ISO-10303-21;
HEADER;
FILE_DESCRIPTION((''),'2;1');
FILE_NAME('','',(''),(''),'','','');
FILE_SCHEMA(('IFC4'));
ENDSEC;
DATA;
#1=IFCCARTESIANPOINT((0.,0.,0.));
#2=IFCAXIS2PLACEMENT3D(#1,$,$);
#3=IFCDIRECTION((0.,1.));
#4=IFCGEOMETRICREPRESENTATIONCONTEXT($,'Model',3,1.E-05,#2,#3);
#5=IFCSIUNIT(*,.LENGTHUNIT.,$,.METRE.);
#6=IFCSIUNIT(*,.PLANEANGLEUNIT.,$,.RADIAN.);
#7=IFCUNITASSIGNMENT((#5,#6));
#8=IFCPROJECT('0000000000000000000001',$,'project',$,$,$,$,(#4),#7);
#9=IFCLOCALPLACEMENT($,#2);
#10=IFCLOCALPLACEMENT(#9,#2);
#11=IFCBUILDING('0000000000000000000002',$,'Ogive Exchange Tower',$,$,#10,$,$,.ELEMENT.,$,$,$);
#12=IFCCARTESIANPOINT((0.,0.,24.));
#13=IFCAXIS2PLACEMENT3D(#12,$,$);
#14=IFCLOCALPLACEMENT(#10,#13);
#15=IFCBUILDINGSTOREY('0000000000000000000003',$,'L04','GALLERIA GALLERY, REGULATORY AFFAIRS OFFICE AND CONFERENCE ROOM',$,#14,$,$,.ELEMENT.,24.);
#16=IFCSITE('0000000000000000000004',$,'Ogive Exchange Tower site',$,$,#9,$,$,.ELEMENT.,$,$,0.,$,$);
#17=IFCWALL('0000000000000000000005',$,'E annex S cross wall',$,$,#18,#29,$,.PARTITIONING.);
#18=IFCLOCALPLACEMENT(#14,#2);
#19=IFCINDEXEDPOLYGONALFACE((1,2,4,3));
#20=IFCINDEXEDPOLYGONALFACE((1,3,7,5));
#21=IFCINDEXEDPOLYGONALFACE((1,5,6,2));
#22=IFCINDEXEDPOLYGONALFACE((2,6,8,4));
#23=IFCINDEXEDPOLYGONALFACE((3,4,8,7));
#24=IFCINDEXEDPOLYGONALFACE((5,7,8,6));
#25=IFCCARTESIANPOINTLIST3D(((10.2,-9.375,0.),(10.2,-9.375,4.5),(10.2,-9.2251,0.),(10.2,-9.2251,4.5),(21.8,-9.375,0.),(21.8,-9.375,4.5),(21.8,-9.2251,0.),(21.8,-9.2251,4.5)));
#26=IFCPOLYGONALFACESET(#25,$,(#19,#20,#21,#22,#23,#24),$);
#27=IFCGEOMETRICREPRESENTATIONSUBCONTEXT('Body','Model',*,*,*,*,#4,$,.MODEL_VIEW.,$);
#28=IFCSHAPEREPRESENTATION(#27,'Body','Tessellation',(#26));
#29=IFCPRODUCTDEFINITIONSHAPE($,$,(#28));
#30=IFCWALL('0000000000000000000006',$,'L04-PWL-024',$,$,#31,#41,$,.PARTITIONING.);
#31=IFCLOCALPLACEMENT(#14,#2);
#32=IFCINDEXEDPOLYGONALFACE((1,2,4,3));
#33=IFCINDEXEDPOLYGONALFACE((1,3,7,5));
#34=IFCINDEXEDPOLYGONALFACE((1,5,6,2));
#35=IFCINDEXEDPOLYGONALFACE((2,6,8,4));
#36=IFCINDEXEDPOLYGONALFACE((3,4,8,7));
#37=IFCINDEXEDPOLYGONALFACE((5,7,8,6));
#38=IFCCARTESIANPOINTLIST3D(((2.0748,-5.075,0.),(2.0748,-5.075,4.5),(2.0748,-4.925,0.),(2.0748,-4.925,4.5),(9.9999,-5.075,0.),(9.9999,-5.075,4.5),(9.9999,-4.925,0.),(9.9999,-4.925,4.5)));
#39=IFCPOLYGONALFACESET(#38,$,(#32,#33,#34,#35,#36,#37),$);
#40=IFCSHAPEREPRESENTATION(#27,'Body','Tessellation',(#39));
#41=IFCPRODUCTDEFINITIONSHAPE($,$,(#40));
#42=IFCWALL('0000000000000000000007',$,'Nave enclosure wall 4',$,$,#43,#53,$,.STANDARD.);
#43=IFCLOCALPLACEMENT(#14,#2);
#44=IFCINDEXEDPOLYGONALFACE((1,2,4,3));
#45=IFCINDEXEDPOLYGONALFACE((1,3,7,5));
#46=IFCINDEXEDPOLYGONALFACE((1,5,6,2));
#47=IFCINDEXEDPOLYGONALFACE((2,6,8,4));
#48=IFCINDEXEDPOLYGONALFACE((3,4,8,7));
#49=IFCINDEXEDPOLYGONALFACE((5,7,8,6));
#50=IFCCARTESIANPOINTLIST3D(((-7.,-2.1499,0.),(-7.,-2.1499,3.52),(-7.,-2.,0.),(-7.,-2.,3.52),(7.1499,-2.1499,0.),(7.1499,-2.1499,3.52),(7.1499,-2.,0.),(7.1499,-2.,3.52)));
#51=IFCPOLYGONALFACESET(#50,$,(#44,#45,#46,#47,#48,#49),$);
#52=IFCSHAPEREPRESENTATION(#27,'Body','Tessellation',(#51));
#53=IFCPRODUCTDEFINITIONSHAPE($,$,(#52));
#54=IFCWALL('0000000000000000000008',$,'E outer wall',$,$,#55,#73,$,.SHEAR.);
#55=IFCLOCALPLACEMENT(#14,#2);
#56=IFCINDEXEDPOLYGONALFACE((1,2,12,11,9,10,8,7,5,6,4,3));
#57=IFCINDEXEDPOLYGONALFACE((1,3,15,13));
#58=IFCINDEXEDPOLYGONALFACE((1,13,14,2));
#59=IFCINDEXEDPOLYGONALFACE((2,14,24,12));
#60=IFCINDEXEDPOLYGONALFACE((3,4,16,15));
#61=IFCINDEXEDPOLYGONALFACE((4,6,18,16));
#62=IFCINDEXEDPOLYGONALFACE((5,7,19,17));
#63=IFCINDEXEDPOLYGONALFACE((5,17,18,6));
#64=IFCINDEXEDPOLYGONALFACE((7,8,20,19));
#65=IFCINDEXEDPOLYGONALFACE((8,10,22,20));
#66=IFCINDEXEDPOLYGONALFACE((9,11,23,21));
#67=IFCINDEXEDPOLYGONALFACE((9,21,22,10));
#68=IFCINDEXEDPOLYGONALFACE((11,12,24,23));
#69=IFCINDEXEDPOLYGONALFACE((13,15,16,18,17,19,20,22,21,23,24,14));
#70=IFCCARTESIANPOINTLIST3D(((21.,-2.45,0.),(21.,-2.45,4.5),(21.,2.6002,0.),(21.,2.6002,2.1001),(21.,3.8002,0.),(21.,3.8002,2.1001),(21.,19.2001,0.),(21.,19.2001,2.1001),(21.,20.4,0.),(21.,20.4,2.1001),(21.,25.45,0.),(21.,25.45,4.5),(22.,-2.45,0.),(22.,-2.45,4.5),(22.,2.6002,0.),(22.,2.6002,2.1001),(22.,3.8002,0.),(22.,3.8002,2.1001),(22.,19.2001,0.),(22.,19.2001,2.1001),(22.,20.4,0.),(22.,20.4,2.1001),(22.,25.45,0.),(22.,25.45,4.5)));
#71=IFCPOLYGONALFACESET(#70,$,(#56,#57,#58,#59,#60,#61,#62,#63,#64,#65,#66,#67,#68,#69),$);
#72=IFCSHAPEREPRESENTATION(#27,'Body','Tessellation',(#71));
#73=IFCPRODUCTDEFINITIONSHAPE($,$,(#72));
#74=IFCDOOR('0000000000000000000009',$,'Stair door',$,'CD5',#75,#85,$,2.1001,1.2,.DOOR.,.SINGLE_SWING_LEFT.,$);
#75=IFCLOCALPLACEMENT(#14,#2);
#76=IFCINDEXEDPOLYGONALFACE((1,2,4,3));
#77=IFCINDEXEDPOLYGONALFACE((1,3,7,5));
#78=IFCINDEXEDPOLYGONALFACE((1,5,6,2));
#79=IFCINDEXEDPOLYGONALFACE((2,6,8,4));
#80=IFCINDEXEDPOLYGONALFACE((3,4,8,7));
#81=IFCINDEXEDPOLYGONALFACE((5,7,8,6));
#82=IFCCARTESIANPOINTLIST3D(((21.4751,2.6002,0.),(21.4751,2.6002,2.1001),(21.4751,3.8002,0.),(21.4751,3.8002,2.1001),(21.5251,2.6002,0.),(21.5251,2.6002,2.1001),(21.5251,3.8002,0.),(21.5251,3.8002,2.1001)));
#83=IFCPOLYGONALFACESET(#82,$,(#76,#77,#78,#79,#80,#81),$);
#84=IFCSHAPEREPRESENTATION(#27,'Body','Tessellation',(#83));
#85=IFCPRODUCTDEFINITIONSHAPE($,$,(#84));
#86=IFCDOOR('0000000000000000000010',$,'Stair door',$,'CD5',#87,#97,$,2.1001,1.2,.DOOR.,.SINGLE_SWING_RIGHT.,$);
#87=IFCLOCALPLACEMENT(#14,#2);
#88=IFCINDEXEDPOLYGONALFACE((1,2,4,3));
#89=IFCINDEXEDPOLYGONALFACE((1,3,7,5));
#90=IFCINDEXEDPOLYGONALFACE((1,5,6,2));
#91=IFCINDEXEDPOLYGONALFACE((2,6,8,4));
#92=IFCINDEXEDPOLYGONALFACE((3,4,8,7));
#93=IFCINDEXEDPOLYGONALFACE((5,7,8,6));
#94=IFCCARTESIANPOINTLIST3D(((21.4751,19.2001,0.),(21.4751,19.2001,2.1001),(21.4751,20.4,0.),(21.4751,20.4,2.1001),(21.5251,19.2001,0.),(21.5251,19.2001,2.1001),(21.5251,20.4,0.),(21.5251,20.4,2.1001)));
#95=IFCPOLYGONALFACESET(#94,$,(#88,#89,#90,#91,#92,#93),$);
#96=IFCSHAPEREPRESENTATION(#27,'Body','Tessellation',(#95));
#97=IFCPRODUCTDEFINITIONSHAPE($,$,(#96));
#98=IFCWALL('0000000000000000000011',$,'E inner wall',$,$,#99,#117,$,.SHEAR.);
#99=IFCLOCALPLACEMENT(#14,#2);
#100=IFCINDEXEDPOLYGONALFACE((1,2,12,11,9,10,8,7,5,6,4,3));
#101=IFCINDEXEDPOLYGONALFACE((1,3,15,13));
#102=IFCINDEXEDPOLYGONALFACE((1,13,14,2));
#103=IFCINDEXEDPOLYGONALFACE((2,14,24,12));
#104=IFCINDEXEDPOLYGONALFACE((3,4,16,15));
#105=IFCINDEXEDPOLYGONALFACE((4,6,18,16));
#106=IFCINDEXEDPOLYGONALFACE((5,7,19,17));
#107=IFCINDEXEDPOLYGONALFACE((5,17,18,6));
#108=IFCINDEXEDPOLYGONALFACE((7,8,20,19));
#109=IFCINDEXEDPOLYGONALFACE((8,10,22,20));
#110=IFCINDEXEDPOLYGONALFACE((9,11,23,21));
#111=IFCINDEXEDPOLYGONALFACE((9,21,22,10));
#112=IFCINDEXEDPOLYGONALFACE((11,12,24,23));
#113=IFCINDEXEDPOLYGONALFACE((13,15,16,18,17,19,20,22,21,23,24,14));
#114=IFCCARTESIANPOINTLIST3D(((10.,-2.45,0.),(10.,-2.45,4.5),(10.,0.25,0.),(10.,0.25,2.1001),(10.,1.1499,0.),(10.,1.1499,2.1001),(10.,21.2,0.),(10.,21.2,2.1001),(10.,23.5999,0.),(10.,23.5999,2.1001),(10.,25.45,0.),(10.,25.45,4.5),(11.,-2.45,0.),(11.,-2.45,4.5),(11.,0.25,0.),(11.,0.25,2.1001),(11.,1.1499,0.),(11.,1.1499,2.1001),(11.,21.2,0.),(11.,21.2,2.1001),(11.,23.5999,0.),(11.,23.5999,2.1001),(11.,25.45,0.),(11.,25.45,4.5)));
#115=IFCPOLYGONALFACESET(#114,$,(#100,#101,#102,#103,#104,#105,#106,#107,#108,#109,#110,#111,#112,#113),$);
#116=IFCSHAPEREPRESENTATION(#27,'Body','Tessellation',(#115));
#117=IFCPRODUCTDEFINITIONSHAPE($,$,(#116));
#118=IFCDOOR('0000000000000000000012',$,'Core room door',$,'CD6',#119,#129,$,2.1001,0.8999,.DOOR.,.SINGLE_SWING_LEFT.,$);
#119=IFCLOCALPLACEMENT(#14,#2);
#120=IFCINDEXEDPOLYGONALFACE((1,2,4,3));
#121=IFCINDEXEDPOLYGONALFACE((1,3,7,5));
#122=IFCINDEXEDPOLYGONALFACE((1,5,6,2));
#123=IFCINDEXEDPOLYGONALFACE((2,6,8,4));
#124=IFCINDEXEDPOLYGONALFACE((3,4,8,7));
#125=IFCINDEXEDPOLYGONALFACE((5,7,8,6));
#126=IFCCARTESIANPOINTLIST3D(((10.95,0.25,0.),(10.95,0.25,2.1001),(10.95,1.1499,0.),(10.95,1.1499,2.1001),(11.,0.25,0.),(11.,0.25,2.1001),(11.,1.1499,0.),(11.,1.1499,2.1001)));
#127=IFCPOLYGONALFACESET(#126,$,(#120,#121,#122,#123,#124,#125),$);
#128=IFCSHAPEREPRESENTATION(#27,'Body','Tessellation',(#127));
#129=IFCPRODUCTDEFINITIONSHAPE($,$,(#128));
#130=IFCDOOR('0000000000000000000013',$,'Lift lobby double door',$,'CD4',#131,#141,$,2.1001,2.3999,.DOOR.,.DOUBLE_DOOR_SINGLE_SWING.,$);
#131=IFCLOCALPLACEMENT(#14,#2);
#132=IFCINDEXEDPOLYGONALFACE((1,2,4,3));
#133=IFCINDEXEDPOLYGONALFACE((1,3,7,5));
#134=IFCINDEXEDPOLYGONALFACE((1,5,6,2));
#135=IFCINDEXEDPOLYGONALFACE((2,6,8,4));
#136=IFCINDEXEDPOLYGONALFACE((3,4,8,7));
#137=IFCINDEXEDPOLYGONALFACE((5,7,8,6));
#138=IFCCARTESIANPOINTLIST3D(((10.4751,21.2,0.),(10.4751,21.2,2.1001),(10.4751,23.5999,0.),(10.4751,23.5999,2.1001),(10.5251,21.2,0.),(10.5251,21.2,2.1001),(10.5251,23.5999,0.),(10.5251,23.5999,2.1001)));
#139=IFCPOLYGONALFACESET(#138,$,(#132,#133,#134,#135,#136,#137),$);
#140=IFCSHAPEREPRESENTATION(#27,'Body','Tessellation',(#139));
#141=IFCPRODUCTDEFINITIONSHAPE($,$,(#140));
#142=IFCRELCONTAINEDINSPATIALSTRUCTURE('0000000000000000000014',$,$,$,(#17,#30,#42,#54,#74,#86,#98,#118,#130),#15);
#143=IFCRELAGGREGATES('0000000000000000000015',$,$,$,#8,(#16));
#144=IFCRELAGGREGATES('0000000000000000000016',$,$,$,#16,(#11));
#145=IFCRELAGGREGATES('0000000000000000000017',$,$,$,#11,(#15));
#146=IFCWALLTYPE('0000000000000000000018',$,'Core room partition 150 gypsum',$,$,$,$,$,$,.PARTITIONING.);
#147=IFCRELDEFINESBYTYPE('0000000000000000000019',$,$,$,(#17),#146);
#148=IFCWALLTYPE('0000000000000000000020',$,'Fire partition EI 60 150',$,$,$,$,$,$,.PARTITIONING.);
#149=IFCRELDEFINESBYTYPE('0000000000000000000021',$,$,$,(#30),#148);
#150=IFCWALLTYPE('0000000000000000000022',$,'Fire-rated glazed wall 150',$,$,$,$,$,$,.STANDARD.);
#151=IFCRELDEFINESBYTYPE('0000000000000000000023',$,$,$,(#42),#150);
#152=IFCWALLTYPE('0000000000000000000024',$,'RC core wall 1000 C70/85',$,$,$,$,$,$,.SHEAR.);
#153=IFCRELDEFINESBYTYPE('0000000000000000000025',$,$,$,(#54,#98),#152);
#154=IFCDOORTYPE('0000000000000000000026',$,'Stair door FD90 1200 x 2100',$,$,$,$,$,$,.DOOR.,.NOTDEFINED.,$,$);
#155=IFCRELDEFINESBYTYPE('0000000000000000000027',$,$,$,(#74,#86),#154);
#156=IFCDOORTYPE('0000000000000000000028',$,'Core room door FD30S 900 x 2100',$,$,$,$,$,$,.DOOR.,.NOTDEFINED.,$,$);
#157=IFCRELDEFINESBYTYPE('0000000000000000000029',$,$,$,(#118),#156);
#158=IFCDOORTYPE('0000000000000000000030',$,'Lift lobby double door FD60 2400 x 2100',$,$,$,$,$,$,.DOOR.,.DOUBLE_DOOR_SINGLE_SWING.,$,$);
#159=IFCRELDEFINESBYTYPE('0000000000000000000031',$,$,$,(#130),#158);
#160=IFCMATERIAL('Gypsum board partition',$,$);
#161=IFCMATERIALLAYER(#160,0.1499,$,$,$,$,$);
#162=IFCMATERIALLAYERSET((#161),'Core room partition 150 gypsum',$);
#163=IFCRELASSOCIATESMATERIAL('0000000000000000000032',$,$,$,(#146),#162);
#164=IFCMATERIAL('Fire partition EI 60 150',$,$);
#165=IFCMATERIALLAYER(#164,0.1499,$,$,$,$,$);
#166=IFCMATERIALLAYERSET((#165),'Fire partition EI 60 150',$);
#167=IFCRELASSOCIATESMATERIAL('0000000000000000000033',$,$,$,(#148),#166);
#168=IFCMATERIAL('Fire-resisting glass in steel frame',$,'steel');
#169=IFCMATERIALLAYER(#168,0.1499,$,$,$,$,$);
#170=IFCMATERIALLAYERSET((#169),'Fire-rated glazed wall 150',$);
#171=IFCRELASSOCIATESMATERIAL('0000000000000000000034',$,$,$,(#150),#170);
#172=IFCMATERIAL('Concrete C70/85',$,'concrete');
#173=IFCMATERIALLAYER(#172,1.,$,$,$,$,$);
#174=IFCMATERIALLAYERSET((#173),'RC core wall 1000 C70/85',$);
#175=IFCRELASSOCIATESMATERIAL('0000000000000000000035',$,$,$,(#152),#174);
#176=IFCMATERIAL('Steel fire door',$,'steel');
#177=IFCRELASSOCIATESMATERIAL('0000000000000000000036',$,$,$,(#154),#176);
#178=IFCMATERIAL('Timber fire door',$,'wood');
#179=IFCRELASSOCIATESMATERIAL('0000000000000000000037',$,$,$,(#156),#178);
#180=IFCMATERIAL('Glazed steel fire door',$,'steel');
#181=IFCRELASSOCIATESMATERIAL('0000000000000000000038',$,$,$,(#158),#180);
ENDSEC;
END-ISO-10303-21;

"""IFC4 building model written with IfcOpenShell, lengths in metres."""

from ifc_helpers import new_model, si_unit, direction, frame, frame_2d, origin, place, context, subcontext, project, spatial, rectangle, extrude, material, layer, layer_set, type_object, element, fill, save


model = new_model("IFC4")

# Units and contexts
model_context = context("Model", 3, precision=1e-05, world=origin(), true_north=direction((0.0, 1.0)))
body_context = subcontext(model_context, "Body", "Model", "MODEL_VIEW")
ifc_project = project(units=[si_unit("LENGTHUNIT", "METRE"), si_unit("PLANEANGLEUNIT", "RADIAN")], contexts=[model_context])

# Site, building, storey
site_placement = place(None, origin())
site = spatial("IfcSite", under=ifc_project, at=site_placement, Name="Ogive Exchange Tower site", CompositionType="ELEMENT", RefElevation=0.0)
building_placement = place(site_placement, origin())
building = spatial("IfcBuilding", under=site, at=building_placement, Name="Ogive Exchange Tower", CompositionType="ELEMENT")
storey_placement = place(building_placement, frame((0.0, 0.0, 24.0)))
storey = spatial("IfcBuildingStorey", under=building, at=storey_placement, Name="L04", Description="GALLERIA GALLERY, REGULATORY AFFAIRS OFFICE AND CONFERENCE ROOM", CompositionType="ELEMENT", Elevation=24.0)

# Shared definitions
ifc_material_1 = material(Name="Concrete C70/85", Category="concrete")

# Walls
ifc_material_2 = material(Name="Gypsum board partition")
ifc_layer_1 = layer(ifc_material_2, 0.1499)
ifc_layer_set_1 = layer_set([ifc_layer_1], Name="Core room partition 150 gypsum")
wall_type_1 = type_object("IfcWallType", Name="Core room partition 150 gypsum", PredefinedType="PARTITIONING", material=ifc_layer_set_1)
wall_1_placement = place(storey_placement, frame((10.2, -9.3, 0.0), z_axis=(0.0, 0.0, 1.0), x_axis=(1.0, 0.0, 0.0)))
element("IfcWall", 1, at=wall_1_placement, inside=storey, type_object=wall_type_1, Name="E annex S cross wall", PredefinedType="PARTITIONING", context=body_context, shape_type="SweptSolid", body=[
    extrude(rectangle(XDim=11.6001, YDim=0.1499, at=frame_2d((5.8, 0.0))), origin(), (0.0, 0.0, 1.0), 4.5),
])
ifc_material_3 = material(Name="Fire partition EI 60 150")
ifc_layer_2 = layer(ifc_material_3, 0.1499)
ifc_layer_set_2 = layer_set([ifc_layer_2], Name="Fire partition EI 60 150")
wall_type_2 = type_object("IfcWallType", Name="Fire partition EI 60 150", PredefinedType="PARTITIONING", material=ifc_layer_set_2)
wall_2_placement = place(storey_placement, frame((2.075, -5.0, 0.0), z_axis=(0.0, 0.0, 1.0), x_axis=(1.0, 0.0, 0.0)))
element("IfcWall", 2, at=wall_2_placement, inside=storey, type_object=wall_type_2, Name="L04-PWL-024", PredefinedType="PARTITIONING", context=body_context, shape_type="SweptSolid", body=[
    extrude(rectangle(XDim=7.925, YDim=0.1499, at=frame_2d((3.9624, 0.0))), origin(), (0.0, 0.0, 1.0), 4.5),
])
ifc_material_4 = material(Name="Fire-resisting glass in steel frame", Category="steel")
ifc_layer_3 = layer(ifc_material_4, 0.1499)
ifc_layer_set_3 = layer_set([ifc_layer_3], Name="Fire-rated glazed wall 150")
wall_type_3 = type_object("IfcWallType", Name="Fire-rated glazed wall 150", PredefinedType="STANDARD", material=ifc_layer_set_3)
wall_3_placement = place(storey_placement, frame((7.1499, -2.075, 0.0), z_axis=(0.0, 0.0, 1.0), x_axis=(-1.0, 0.0, 0.0)))
element("IfcWall", 3, at=wall_3_placement, inside=storey, type_object=wall_type_3, Name="Nave enclosure wall 4", PredefinedType="STANDARD", context=body_context, shape_type="SweptSolid", body=[
    extrude(rectangle(XDim=14.1499, YDim=0.1499, at=frame_2d((7.075, 0.0))), origin(), (0.0, 0.0, 1.0), 3.52),
])

# Walls, openings, doors
ifc_layer_4 = layer(ifc_material_1, 1.0)
ifc_layer_set_4 = layer_set([ifc_layer_4], Name="RC core wall 1000 C70/85")
wall_type_4 = type_object("IfcWallType", Name="RC core wall 1000 C70/85", PredefinedType="SHEAR", material=ifc_layer_set_4)
wall_4_placement = place(storey_placement, frame((21.5, -2.45, 0.0), z_axis=(0.0, 0.0, 1.0), x_axis=(0.0, 1.0, 0.0)))
wall_4 = element("IfcWall", 4, at=wall_4_placement, inside=storey, type_object=wall_type_4, Name="E outer wall", PredefinedType="SHEAR", context=body_context, shape_type="SweptSolid", body=[
    extrude(rectangle(XDim=27.8999, YDim=1.0, at=frame_2d((13.95, 0.0))), origin(), (0.0, 0.0, 1.0), 4.5),
])
opening_1_placement = place(wall_4_placement, frame((5.05, 0.0, 0.0)))
opening_1 = element("IfcOpeningElement", 5, at=opening_1_placement, cuts=wall_4, PredefinedType="OPENING", context=body_context, shape_type="SweptSolid", body=[
    extrude(rectangle(XDim=1.2, YDim=2.1001, at=frame_2d((0.6001, 1.05))), frame((0.0, 0.51, 0.0), z_axis=(0.0, -1.0, 0.0), x_axis=(1.0, 0.0, 0.0)), (0.0, 0.0, 1.0), 1.02),
])
opening_2_placement = place(wall_4_placement, frame((21.6499, 0.0, 0.0)))
opening_2 = element("IfcOpeningElement", 6, at=opening_2_placement, cuts=wall_4, PredefinedType="OPENING", context=body_context, shape_type="SweptSolid", body=[
    extrude(rectangle(XDim=1.2, YDim=2.1001, at=frame_2d((0.6001, 1.05))), frame((0.0, 0.51, 0.0), z_axis=(0.0, -1.0, 0.0), x_axis=(1.0, 0.0, 0.0)), (0.0, 0.0, 1.0), 1.02),
])
ifc_material_5 = material(Name="Steel fire door", Category="steel")
door_type_1 = type_object("IfcDoorType", Name="Stair door FD90 1200 x 2100", OperationType="NOTDEFINED", PredefinedType="DOOR", material=ifc_material_5)
door_1_placement = place(opening_1_placement, origin())
door_1 = element("IfcDoor", 7, at=door_1_placement, inside=storey, type_object=door_type_1, Name="Stair door", ObjectType="CD5", OperationType="SINGLE_SWING_LEFT", OverallHeight=2.1001, OverallWidth=1.2, PredefinedType="DOOR", context=body_context, shape_type="SweptSolid", body=[
    extrude(rectangle(XDim=1.2, YDim=2.1001, at=frame_2d((0.6001, 1.05))), frame((0.0, 0.0249, 0.0), z_axis=(0.0, -1.0, 0.0), x_axis=(1.0, 0.0, 0.0)), (0.0, 0.0, 1.0), 0.05),
])
fill(opening_1, door_1)
door_2_placement = place(opening_2_placement, origin())
door_2 = element("IfcDoor", 8, at=door_2_placement, inside=storey, type_object=door_type_1, Name="Stair door", ObjectType="CD5", OperationType="SINGLE_SWING_RIGHT", OverallHeight=2.1001, OverallWidth=1.2, PredefinedType="DOOR", context=body_context, shape_type="SweptSolid", body=[
    extrude(rectangle(XDim=1.2, YDim=2.1001, at=frame_2d((0.6001, 1.05))), frame((0.0, 0.0249, 0.0), z_axis=(0.0, -1.0, 0.0), x_axis=(1.0, 0.0, 0.0)), (0.0, 0.0, 1.0), 0.05),
])
fill(opening_2, door_2)
wall_5_placement = place(storey_placement, frame((10.5, -2.45, 0.0), z_axis=(0.0, 0.0, 1.0), x_axis=(0.0, 1.0, 0.0)))
wall_5 = element("IfcWall", 9, at=wall_5_placement, inside=storey, type_object=wall_type_4, Name="E inner wall", PredefinedType="SHEAR", context=body_context, shape_type="SweptSolid", body=[
    extrude(rectangle(XDim=27.8999, YDim=1.0, at=frame_2d((13.95, 0.0))), origin(), (0.0, 0.0, 1.0), 4.5),
])
opening_3_placement = place(wall_5_placement, frame((23.6499, 0.0, 0.0)))
opening_3 = element("IfcOpeningElement", 10, at=opening_3_placement, cuts=wall_5, PredefinedType="OPENING", context=body_context, shape_type="SweptSolid", body=[
    extrude(rectangle(XDim=2.3999, YDim=2.1001, at=frame_2d((1.2, 1.05))), frame((0.0, 0.51, 0.0), z_axis=(0.0, -1.0, 0.0), x_axis=(1.0, 0.0, 0.0)), (0.0, 0.0, 1.0), 1.02),
])
opening_4_placement = place(wall_5_placement, frame((2.7, 0.0, 0.0)))
opening_4 = element("IfcOpeningElement", 11, at=opening_4_placement, cuts=wall_5, PredefinedType="OPENING", context=body_context, shape_type="SweptSolid", body=[
    extrude(rectangle(XDim=0.8999, YDim=2.1001, at=frame_2d((0.45, 1.05))), frame((0.0, 0.51, 0.0), z_axis=(0.0, -1.0, 0.0), x_axis=(1.0, 0.0, 0.0)), (0.0, 0.0, 1.0), 1.02),
])
ifc_material_6 = material(Name="Timber fire door", Category="wood")
door_type_2 = type_object("IfcDoorType", Name="Core room door FD30S 900 x 2100", OperationType="NOTDEFINED", PredefinedType="DOOR", material=ifc_material_6)
door_3_placement = place(opening_4_placement, frame((0.8999, -0.9502, 0.0), z_axis=(0.0, 0.0, 1.0), x_axis=(-1.0, 0.0, 0.0)))
door_3 = element("IfcDoor", 12, at=door_3_placement, inside=storey, type_object=door_type_2, Name="Core room door", ObjectType="CD6", OperationType="SINGLE_SWING_LEFT", OverallHeight=2.1001, OverallWidth=0.8999, PredefinedType="DOOR", context=body_context, shape_type="SweptSolid", body=[
    extrude(rectangle(XDim=0.8999, YDim=2.1001, at=frame_2d((0.45, 1.05))), frame((0.0, -0.4502, 0.0), z_axis=(0.0, -1.0, 0.0), x_axis=(1.0, 0.0, 0.0)), (0.0, 0.0, 1.0), 0.05),
])
fill(opening_4, door_3)
ifc_material_7 = material(Name="Glazed steel fire door", Category="steel")
door_type_3 = type_object("IfcDoorType", Name="Lift lobby double door FD60 2400 x 2100", OperationType="DOUBLE_DOOR_SINGLE_SWING", PredefinedType="DOOR", material=ifc_material_7)
door_4_placement = place(opening_3_placement, origin())
door_4 = element("IfcDoor", 13, at=door_4_placement, inside=storey, type_object=door_type_3, Name="Lift lobby double door", ObjectType="CD4", OperationType="DOUBLE_DOOR_SINGLE_SWING", OverallHeight=2.1001, OverallWidth=2.3999, PredefinedType="DOOR", context=body_context, shape_type="SweptSolid", body=[
    extrude(rectangle(XDim=2.3999, YDim=2.1001, at=frame_2d((1.2, 1.05))), frame((0.0, 0.0249, 0.0), z_axis=(0.0, -1.0, 0.0), x_axis=(1.0, 0.0, 0.0)), (0.0, 0.0, 1.0), 0.05),
])
fill(opening_3, door_4)

save(model, "model.ifc")
